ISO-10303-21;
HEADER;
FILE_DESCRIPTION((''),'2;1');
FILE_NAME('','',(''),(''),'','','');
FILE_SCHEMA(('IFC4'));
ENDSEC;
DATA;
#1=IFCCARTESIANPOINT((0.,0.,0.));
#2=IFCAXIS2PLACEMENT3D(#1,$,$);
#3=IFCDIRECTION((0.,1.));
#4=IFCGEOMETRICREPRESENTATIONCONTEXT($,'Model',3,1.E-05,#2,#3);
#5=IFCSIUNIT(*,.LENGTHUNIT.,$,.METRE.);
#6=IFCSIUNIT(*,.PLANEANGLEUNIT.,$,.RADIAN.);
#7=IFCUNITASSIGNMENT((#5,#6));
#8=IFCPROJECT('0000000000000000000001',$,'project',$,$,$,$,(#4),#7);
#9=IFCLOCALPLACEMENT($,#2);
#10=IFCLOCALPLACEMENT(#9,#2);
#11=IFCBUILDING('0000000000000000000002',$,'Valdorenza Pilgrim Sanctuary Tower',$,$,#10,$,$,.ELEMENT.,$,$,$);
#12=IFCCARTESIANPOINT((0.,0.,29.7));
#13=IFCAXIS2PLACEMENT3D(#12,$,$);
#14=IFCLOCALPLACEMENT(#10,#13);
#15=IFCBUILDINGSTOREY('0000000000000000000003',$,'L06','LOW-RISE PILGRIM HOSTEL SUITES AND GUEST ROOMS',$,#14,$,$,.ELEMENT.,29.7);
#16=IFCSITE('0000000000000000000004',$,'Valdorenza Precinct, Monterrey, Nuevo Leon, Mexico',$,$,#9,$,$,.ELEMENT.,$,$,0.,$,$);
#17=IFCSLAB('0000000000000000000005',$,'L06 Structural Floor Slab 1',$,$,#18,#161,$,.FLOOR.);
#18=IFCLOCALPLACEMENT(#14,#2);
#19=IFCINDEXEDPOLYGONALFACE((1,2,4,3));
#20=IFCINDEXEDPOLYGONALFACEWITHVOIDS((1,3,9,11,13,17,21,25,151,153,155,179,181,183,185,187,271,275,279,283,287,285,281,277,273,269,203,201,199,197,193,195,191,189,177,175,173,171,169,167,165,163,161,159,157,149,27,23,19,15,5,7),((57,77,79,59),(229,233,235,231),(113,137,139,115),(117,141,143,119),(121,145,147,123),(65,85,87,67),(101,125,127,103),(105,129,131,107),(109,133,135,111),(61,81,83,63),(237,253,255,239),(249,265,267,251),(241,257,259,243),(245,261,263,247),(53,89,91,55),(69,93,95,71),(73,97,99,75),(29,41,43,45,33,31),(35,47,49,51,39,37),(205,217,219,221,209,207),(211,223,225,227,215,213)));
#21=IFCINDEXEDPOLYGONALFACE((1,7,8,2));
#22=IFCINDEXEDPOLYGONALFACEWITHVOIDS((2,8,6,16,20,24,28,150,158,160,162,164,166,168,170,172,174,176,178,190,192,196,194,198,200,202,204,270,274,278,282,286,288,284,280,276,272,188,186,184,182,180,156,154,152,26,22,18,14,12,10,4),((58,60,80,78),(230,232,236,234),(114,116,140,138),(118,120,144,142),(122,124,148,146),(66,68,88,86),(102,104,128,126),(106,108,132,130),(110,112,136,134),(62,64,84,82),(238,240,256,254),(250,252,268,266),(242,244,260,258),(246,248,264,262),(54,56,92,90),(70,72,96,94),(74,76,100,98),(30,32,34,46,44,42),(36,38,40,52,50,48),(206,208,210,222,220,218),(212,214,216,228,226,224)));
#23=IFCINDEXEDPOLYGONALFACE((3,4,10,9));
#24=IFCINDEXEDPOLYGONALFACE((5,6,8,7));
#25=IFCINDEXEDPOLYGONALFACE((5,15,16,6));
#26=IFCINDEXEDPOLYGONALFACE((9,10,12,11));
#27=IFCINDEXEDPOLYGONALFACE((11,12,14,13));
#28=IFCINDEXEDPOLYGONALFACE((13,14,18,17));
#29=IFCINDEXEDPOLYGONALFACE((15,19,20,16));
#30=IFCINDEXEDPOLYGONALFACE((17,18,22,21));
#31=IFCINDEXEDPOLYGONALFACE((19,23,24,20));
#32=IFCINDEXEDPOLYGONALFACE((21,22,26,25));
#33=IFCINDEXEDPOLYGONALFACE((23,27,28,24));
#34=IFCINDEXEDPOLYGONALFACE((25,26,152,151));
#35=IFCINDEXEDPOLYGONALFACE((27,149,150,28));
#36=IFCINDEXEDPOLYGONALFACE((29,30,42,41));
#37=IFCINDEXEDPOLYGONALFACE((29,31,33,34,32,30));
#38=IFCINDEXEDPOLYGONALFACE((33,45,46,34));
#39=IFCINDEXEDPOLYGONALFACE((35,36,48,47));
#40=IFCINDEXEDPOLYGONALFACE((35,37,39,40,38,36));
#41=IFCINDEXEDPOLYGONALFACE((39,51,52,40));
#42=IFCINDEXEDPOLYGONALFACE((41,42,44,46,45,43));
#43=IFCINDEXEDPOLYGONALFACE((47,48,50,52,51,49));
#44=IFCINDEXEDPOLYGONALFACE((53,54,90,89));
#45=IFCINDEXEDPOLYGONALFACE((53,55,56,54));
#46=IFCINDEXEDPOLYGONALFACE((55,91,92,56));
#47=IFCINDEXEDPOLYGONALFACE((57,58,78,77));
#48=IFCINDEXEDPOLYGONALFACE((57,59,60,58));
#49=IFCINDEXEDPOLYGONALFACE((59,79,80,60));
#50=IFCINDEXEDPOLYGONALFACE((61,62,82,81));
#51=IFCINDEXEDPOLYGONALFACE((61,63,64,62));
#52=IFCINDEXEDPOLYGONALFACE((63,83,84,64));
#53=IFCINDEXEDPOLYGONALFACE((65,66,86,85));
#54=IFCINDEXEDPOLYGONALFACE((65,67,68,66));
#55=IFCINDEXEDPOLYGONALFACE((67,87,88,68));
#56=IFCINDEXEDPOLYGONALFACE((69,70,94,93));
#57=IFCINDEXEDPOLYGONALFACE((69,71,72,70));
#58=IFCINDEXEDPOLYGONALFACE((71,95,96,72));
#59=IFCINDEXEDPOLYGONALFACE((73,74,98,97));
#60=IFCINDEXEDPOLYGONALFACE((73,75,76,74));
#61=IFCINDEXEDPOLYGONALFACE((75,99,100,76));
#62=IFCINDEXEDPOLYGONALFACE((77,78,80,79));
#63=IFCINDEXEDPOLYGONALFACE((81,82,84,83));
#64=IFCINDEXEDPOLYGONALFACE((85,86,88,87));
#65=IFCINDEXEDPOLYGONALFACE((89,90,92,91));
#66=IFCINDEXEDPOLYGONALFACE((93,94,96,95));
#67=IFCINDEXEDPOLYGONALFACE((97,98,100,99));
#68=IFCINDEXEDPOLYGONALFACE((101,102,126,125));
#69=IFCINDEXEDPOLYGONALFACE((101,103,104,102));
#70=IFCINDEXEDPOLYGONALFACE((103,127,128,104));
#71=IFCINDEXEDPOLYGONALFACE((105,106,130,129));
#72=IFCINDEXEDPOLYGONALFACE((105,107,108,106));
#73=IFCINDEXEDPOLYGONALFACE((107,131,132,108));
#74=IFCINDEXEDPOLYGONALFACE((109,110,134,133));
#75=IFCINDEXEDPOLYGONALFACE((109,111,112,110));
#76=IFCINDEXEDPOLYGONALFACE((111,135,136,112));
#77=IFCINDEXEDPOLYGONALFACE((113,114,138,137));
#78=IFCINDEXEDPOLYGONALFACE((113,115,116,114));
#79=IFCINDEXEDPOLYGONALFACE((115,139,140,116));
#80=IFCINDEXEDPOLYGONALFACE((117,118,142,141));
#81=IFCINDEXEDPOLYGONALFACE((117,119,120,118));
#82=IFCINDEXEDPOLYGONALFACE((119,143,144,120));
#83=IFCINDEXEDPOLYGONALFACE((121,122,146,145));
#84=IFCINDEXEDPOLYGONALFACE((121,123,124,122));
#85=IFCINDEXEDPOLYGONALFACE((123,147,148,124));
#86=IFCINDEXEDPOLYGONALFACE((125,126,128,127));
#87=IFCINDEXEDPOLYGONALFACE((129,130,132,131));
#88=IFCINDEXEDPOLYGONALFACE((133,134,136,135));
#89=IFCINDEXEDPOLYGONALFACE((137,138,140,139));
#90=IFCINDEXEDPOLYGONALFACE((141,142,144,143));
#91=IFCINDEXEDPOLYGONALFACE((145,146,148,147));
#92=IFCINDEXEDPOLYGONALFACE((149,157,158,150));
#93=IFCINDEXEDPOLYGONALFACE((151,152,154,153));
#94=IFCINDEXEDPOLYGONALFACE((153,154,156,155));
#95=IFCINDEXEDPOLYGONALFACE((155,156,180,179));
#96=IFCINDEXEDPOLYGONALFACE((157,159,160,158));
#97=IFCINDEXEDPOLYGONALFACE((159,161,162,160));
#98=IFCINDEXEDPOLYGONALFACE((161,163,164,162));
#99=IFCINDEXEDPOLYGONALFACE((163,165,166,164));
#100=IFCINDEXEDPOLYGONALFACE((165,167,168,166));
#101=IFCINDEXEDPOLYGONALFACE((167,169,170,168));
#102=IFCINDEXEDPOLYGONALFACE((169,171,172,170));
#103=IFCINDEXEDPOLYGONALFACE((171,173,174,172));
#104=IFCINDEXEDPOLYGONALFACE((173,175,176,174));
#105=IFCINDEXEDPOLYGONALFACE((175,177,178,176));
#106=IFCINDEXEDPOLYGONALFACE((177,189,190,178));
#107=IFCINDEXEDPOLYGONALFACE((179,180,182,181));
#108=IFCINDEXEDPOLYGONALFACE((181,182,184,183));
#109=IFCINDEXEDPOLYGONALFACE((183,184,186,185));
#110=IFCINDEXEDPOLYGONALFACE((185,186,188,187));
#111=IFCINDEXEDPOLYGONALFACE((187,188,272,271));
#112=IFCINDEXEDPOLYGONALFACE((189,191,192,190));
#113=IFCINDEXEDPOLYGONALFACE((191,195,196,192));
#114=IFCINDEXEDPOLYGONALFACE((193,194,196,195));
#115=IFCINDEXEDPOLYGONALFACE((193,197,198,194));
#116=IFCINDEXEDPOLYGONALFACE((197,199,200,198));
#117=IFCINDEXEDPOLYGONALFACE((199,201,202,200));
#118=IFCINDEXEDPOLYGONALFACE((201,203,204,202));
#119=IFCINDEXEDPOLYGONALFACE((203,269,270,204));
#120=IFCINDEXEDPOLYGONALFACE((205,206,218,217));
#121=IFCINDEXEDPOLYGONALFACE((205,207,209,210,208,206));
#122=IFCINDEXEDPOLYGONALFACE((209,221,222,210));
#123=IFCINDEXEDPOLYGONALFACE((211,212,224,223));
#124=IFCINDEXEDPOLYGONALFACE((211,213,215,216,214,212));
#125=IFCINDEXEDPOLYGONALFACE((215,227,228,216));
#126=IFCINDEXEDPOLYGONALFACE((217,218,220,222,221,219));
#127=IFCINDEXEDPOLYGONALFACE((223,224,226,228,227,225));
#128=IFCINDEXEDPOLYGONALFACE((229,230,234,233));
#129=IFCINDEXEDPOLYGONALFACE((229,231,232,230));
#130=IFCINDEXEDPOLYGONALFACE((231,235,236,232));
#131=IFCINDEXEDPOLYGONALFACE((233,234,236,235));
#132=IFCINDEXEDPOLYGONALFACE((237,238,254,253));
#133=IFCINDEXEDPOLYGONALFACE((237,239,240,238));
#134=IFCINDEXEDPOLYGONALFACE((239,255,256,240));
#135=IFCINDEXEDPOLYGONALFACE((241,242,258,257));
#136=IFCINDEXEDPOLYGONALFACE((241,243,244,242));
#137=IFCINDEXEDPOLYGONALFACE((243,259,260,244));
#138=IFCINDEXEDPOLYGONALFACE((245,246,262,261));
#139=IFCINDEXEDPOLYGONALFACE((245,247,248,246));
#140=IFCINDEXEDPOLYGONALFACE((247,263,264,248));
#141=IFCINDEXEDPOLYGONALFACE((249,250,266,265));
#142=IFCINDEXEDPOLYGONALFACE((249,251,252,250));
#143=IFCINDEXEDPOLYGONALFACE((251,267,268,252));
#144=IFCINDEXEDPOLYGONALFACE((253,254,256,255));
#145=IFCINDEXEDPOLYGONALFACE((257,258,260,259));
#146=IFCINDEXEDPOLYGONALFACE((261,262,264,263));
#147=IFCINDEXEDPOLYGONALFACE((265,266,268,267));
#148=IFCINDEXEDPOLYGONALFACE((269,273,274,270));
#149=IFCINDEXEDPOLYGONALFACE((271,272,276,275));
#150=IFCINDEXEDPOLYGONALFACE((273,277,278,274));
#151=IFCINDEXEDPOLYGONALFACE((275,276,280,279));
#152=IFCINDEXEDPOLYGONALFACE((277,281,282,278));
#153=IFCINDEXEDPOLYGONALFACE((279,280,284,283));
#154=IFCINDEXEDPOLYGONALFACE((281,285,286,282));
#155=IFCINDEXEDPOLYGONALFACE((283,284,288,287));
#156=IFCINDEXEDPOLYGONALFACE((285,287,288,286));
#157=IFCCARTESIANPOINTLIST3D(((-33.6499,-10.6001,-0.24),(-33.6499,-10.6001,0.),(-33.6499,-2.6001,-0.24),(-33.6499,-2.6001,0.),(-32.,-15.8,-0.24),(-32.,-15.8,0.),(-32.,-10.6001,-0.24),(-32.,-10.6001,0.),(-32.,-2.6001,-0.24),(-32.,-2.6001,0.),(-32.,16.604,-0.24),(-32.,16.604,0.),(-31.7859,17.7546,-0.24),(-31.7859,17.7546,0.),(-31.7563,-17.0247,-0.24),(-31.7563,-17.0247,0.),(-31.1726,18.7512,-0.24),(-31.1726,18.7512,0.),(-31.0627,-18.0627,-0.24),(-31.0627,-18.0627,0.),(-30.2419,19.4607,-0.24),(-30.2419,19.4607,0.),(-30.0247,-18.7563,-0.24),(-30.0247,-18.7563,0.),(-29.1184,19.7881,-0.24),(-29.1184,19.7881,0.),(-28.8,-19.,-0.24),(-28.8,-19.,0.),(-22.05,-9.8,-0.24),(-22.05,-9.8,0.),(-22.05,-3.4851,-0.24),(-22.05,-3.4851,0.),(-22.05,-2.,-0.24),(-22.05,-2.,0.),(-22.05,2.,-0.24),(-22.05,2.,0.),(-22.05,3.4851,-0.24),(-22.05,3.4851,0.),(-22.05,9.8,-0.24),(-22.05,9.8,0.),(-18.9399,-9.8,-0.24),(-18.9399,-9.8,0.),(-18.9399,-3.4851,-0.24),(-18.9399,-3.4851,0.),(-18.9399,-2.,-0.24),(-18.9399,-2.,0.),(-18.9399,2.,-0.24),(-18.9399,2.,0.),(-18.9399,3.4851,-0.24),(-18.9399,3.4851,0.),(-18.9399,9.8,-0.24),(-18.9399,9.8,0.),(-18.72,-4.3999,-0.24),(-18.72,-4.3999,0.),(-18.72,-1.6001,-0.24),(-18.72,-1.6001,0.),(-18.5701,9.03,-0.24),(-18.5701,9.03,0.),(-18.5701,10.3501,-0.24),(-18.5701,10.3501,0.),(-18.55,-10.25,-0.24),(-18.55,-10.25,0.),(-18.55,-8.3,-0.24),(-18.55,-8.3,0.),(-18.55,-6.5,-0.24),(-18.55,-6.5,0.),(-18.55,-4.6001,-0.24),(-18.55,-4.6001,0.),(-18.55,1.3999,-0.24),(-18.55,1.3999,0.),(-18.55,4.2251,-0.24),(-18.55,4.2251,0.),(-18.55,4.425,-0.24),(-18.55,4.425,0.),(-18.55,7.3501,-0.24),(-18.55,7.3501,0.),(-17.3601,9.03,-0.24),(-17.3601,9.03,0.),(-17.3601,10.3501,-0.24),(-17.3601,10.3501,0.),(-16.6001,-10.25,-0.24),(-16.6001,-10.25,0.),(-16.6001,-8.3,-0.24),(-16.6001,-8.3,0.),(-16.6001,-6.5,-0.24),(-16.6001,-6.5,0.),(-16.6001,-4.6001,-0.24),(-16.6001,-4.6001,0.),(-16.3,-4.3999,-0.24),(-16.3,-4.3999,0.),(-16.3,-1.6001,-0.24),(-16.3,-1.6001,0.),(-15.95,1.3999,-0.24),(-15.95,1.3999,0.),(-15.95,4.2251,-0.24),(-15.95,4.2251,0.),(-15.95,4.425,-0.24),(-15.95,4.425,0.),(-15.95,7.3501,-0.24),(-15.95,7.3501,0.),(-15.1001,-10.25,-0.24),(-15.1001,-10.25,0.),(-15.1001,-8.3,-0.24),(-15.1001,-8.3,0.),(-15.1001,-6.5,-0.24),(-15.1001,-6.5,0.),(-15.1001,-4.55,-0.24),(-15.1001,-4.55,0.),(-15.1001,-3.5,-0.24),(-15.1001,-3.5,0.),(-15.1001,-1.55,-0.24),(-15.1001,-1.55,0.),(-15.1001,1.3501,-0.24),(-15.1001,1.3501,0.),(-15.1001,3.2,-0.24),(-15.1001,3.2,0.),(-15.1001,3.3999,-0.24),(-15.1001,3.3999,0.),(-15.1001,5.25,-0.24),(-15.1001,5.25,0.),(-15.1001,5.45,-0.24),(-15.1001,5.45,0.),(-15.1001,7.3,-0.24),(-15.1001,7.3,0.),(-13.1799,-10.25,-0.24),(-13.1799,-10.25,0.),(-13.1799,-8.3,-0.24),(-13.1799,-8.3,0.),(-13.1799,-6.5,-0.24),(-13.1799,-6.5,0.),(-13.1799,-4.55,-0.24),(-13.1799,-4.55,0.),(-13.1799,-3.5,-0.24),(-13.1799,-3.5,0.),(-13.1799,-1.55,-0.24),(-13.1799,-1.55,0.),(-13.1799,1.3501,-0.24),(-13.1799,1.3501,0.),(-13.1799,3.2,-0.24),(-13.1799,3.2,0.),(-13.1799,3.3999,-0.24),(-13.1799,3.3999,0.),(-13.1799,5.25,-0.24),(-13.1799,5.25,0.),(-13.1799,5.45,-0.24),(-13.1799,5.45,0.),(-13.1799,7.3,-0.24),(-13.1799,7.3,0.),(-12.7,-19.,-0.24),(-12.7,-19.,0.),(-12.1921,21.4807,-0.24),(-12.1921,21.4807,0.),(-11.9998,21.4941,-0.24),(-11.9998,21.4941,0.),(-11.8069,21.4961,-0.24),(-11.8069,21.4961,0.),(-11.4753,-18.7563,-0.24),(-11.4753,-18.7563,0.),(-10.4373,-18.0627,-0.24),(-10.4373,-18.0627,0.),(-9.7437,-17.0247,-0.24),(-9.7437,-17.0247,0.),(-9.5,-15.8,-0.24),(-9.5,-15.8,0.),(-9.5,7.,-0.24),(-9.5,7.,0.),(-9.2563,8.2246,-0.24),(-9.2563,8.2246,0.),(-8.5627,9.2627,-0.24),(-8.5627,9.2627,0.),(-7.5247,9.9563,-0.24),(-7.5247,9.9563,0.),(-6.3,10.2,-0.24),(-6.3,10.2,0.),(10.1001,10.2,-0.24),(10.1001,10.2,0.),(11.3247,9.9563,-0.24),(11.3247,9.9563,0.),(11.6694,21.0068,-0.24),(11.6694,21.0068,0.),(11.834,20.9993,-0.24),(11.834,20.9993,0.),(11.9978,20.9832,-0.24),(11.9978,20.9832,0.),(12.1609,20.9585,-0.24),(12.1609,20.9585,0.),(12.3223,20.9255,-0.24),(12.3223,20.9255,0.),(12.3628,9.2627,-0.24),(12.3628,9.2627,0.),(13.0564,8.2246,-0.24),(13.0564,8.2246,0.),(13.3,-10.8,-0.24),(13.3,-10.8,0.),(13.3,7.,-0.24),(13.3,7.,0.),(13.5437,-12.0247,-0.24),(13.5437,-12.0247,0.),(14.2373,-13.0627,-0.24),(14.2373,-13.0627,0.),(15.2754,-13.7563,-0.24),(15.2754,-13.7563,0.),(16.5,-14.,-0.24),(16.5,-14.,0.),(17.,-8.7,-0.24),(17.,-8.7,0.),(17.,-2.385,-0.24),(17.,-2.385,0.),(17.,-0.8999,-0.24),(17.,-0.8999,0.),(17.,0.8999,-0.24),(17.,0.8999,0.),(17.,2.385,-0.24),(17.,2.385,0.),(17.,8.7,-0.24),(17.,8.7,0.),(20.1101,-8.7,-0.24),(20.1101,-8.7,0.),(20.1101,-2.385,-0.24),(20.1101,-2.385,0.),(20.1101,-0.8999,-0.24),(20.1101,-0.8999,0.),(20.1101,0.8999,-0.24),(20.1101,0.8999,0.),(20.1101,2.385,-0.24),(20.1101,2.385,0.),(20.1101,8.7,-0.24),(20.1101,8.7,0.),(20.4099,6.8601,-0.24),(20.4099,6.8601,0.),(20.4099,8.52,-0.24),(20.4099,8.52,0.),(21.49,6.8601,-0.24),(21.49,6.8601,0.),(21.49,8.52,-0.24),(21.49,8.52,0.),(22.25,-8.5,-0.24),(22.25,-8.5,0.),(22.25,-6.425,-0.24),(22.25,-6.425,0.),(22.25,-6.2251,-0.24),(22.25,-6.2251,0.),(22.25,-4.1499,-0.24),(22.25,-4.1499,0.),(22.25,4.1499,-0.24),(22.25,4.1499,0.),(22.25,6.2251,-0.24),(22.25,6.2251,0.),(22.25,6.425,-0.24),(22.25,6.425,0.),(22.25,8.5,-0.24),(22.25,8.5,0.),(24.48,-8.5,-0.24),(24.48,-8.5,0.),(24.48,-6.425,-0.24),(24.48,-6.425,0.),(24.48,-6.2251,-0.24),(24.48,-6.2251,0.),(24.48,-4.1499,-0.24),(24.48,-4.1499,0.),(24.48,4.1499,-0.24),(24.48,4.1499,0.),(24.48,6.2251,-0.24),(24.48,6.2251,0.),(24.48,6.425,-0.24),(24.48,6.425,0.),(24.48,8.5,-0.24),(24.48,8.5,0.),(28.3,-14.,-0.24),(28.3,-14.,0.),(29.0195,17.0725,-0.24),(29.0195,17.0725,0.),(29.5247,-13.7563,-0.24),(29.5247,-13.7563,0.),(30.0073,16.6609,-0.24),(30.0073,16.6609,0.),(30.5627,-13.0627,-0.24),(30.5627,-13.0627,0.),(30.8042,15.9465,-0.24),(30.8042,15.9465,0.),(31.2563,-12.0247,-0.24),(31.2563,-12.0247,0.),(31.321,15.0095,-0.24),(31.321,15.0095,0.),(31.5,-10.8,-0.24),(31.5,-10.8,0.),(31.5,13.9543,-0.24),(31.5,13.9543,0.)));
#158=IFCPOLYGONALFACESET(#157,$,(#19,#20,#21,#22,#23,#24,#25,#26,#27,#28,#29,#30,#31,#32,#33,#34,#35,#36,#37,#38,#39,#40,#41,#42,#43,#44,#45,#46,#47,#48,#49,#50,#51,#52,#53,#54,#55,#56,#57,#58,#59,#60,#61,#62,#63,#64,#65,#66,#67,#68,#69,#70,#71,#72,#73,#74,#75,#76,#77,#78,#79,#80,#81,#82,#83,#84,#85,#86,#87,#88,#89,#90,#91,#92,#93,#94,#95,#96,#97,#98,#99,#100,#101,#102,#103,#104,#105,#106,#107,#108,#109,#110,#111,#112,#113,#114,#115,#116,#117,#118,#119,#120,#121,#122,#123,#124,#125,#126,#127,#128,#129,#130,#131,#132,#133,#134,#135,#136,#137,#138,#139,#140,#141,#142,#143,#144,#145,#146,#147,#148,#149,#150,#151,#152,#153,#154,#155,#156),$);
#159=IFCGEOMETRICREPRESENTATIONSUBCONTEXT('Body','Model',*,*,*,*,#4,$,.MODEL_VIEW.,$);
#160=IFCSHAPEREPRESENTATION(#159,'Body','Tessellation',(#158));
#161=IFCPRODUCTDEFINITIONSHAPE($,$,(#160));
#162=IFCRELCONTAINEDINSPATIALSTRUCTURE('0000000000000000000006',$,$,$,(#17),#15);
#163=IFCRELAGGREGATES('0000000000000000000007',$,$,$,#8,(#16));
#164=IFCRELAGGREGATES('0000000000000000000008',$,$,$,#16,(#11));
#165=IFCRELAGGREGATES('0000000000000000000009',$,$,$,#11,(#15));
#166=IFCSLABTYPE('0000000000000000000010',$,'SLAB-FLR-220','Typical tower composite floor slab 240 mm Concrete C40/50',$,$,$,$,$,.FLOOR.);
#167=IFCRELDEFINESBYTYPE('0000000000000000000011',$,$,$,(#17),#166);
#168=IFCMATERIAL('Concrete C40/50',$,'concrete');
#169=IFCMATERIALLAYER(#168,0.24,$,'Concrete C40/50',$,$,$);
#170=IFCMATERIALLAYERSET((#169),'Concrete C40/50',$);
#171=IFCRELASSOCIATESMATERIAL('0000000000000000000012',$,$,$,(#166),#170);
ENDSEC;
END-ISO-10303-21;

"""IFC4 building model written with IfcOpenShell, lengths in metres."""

from ifc_helpers import new_model, si_unit, direction, frame, origin, place, context, subcontext, project, spatial, polyline, outline, extrude, material, layer, layer_set, type_object, element, save


model = new_model("IFC4")

# Units and contexts
model_context = context("Model", 3, precision=1e-05, world=origin(), true_north=direction((0.0, 1.0)))
body_context = subcontext(model_context, "Body", "Model", "MODEL_VIEW")
ifc_project = project(units=[si_unit("LENGTHUNIT", "METRE"), si_unit("PLANEANGLEUNIT", "RADIAN")], contexts=[model_context])

# Site, building, storey
site_placement = place(None, origin())
site = spatial("IfcSite", under=ifc_project, at=site_placement, Name="Valdorenza Precinct, Monterrey, Nuevo Leon, Mexico", CompositionType="ELEMENT", RefElevation=0.0)
building_placement = place(site_placement, origin())
building = spatial("IfcBuilding", under=site, at=building_placement, Name="Valdorenza Pilgrim Sanctuary Tower", CompositionType="ELEMENT")
storey_placement = place(building_placement, frame((0.0, 0.0, 29.7)))
storey = spatial("IfcBuildingStorey", under=building, at=storey_placement, Name="L06", Description="LOW-RISE PILGRIM HOSTEL SUITES AND GUEST ROOMS", CompositionType="ELEMENT", Elevation=29.7)

# Slab
ifc_material_1 = material(Name="Concrete C40/50", Category="concrete")
ifc_layer_1 = layer(ifc_material_1, 0.24, Name="Concrete C40/50")
ifc_layer_set_1 = layer_set([ifc_layer_1], Name="Concrete C40/50")
slab_type_1 = type_object("IfcSlabType", Name="SLAB-FLR-220", Description="Typical tower composite floor slab 240 mm Concrete C40/50", PredefinedType="FLOOR", material=ifc_layer_set_1)
slab_1_placement = place(storey_placement, frame((0.0, 0.0, -0.24)))
element("IfcSlab", 1, at=slab_1_placement, inside=storey, type_object=slab_type_1, Name="L06 Structural Floor Slab 1", PredefinedType="FLOOR", context=body_context, shape_type="SweptSolid", body=[
    extrude(outline(polyline([(-33.6499, -2.6001), (-32.0, -2.6001), (-32.0, 16.604), (-31.7859, 17.7546), (-31.1726, 18.7512), (-30.2419, 19.4607), (-29.1184, 19.7881), (-12.1921, 21.4807), (-11.9998, 21.4941), (-11.8069, 21.4961), (11.6694, 21.0068), (11.834, 20.9993), (11.9978, 20.9832), (12.1609, 20.9585), (12.3223, 20.9255), (29.0195, 17.0725), (30.0073, 16.6609), (30.8042, 15.9465), (31.321, 15.0095), (31.5, 13.9543), (31.5, -10.8), (31.2563, -12.0247), (30.5627, -13.0627), (29.5247, -13.7563), (28.3, -14.0), (16.5, -14.0), (15.2754, -13.7563), (14.2373, -13.0627), (13.5437, -12.0247), (13.3, -10.8), (13.3, 7.0), (13.0564, 8.2246), (12.3628, 9.2627), (11.3247, 9.9563), (10.1001, 10.2), (-6.3, 10.2), (-7.5247, 9.9563), (-8.5627, 9.2627), (-9.2563, 8.2246), (-9.5, 7.0), (-9.5, -15.8), (-9.7437, -17.0247), (-10.4373, -18.0627), (-11.4753, -18.7563), (-12.7, -19.0), (-28.8, -19.0), (-30.0247, -18.7563), (-31.0627, -18.0627), (-31.7563, -17.0247), (-32.0, -15.8), (-32.0, -10.6001), (-33.6499, -10.6001), (-33.6499, -2.6001)]), holes=[polyline([(-16.6001, -10.25), (-16.6001, -8.3), (-18.55, -8.3), (-18.55, -10.25), (-16.6001, -10.25)]), polyline([(-22.05, -9.8), (-18.9399, -9.8), (-18.9399, -3.4851), (-18.9399, -2.0), (-22.05, -2.0), (-22.05, -3.4851), (-22.05, -9.8)]), polyline([(-18.55, -6.5), (-16.6001, -6.5), (-16.6001, -4.6001), (-18.55, -4.6001), (-18.55, -6.5)]), polyline([(-13.1799, -6.5), (-13.1799, -4.55), (-15.1001, -4.55), (-15.1001, -6.5), (-13.1799, -6.5)]), polyline([(-18.72, -4.3999), (-16.3, -4.3999), (-16.3, -1.6001), (-18.72, -1.6001), (-18.72, -4.3999)]), polyline([(-13.1799, -3.5), (-13.1799, -1.55), (-15.1001, -1.55), (-15.1001, -3.5), (-13.1799, -3.5)]), polyline([(-22.05, 2.0), (-18.9399, 2.0), (-18.9399, 3.4851), (-18.9399, 9.8), (-22.05, 9.8), (-22.05, 3.4851), (-22.05, 2.0)]), polyline([(-18.55, 1.3999), (-15.95, 1.3999), (-15.95, 4.2251), (-18.55, 4.2251), (-18.55, 1.3999)]), polyline([(-15.95, 4.425), (-15.95, 7.3501), (-18.55, 7.3501), (-18.55, 4.425), (-15.95, 4.425)]), polyline([(-15.1001, 5.45), (-13.1799, 5.45), (-13.1799, 7.3), (-15.1001, 7.3), (-15.1001, 5.45)]), polyline([(-17.3601, 9.03), (-17.3601, 10.3501), (-18.5701, 10.3501), (-18.5701, 9.03), (-17.3601, 9.03)]), polyline([(-15.1001, -10.25), (-13.1799, -10.25), (-13.1799, -8.3), (-15.1001, -8.3), (-15.1001, -10.25)]), polyline([(22.25, -8.5), (24.48, -8.5), (24.48, -6.425), (22.25, -6.425), (22.25, -8.5)]), polyline([(17.0, -2.385), (17.0, -8.7), (20.1101, -8.7), (20.1101, -2.385), (20.1101, -0.8999), (17.0, -0.8999), (17.0, -2.385)]), polyline([(22.25, -6.2251), (24.48, -6.2251), (24.48, -4.1499), (22.25, -4.1499), (22.25, -6.2251)]), polyline([(17.0, 0.8999), (20.1101, 0.8999), (20.1101, 2.385), (20.1101, 8.7), (17.0, 8.7), (17.0, 2.385), (17.0, 0.8999)]), polyline([(-15.1001, 1.3501), (-13.1799, 1.3501), (-13.1799, 3.2), (-15.1001, 3.2), (-15.1001, 1.3501)]), polyline([(-15.1001, 3.3999), (-13.1799, 3.3999), (-13.1799, 5.25), (-15.1001, 5.25), (-15.1001, 3.3999)]), polyline([(22.25, 4.1499), (24.48, 4.1499), (24.48, 6.2251), (22.25, 6.2251), (22.25, 4.1499)]), polyline([(22.25, 6.425), (24.48, 6.425), (24.48, 8.5), (22.25, 8.5), (22.25, 6.425)]), polyline([(20.4099, 6.8601), (21.49, 6.8601), (21.49, 8.52), (20.4099, 8.52), (20.4099, 6.8601)])]), origin(), (0.0, 0.0, 1.0), 0.24),
])

save(model, "model.ifc")
